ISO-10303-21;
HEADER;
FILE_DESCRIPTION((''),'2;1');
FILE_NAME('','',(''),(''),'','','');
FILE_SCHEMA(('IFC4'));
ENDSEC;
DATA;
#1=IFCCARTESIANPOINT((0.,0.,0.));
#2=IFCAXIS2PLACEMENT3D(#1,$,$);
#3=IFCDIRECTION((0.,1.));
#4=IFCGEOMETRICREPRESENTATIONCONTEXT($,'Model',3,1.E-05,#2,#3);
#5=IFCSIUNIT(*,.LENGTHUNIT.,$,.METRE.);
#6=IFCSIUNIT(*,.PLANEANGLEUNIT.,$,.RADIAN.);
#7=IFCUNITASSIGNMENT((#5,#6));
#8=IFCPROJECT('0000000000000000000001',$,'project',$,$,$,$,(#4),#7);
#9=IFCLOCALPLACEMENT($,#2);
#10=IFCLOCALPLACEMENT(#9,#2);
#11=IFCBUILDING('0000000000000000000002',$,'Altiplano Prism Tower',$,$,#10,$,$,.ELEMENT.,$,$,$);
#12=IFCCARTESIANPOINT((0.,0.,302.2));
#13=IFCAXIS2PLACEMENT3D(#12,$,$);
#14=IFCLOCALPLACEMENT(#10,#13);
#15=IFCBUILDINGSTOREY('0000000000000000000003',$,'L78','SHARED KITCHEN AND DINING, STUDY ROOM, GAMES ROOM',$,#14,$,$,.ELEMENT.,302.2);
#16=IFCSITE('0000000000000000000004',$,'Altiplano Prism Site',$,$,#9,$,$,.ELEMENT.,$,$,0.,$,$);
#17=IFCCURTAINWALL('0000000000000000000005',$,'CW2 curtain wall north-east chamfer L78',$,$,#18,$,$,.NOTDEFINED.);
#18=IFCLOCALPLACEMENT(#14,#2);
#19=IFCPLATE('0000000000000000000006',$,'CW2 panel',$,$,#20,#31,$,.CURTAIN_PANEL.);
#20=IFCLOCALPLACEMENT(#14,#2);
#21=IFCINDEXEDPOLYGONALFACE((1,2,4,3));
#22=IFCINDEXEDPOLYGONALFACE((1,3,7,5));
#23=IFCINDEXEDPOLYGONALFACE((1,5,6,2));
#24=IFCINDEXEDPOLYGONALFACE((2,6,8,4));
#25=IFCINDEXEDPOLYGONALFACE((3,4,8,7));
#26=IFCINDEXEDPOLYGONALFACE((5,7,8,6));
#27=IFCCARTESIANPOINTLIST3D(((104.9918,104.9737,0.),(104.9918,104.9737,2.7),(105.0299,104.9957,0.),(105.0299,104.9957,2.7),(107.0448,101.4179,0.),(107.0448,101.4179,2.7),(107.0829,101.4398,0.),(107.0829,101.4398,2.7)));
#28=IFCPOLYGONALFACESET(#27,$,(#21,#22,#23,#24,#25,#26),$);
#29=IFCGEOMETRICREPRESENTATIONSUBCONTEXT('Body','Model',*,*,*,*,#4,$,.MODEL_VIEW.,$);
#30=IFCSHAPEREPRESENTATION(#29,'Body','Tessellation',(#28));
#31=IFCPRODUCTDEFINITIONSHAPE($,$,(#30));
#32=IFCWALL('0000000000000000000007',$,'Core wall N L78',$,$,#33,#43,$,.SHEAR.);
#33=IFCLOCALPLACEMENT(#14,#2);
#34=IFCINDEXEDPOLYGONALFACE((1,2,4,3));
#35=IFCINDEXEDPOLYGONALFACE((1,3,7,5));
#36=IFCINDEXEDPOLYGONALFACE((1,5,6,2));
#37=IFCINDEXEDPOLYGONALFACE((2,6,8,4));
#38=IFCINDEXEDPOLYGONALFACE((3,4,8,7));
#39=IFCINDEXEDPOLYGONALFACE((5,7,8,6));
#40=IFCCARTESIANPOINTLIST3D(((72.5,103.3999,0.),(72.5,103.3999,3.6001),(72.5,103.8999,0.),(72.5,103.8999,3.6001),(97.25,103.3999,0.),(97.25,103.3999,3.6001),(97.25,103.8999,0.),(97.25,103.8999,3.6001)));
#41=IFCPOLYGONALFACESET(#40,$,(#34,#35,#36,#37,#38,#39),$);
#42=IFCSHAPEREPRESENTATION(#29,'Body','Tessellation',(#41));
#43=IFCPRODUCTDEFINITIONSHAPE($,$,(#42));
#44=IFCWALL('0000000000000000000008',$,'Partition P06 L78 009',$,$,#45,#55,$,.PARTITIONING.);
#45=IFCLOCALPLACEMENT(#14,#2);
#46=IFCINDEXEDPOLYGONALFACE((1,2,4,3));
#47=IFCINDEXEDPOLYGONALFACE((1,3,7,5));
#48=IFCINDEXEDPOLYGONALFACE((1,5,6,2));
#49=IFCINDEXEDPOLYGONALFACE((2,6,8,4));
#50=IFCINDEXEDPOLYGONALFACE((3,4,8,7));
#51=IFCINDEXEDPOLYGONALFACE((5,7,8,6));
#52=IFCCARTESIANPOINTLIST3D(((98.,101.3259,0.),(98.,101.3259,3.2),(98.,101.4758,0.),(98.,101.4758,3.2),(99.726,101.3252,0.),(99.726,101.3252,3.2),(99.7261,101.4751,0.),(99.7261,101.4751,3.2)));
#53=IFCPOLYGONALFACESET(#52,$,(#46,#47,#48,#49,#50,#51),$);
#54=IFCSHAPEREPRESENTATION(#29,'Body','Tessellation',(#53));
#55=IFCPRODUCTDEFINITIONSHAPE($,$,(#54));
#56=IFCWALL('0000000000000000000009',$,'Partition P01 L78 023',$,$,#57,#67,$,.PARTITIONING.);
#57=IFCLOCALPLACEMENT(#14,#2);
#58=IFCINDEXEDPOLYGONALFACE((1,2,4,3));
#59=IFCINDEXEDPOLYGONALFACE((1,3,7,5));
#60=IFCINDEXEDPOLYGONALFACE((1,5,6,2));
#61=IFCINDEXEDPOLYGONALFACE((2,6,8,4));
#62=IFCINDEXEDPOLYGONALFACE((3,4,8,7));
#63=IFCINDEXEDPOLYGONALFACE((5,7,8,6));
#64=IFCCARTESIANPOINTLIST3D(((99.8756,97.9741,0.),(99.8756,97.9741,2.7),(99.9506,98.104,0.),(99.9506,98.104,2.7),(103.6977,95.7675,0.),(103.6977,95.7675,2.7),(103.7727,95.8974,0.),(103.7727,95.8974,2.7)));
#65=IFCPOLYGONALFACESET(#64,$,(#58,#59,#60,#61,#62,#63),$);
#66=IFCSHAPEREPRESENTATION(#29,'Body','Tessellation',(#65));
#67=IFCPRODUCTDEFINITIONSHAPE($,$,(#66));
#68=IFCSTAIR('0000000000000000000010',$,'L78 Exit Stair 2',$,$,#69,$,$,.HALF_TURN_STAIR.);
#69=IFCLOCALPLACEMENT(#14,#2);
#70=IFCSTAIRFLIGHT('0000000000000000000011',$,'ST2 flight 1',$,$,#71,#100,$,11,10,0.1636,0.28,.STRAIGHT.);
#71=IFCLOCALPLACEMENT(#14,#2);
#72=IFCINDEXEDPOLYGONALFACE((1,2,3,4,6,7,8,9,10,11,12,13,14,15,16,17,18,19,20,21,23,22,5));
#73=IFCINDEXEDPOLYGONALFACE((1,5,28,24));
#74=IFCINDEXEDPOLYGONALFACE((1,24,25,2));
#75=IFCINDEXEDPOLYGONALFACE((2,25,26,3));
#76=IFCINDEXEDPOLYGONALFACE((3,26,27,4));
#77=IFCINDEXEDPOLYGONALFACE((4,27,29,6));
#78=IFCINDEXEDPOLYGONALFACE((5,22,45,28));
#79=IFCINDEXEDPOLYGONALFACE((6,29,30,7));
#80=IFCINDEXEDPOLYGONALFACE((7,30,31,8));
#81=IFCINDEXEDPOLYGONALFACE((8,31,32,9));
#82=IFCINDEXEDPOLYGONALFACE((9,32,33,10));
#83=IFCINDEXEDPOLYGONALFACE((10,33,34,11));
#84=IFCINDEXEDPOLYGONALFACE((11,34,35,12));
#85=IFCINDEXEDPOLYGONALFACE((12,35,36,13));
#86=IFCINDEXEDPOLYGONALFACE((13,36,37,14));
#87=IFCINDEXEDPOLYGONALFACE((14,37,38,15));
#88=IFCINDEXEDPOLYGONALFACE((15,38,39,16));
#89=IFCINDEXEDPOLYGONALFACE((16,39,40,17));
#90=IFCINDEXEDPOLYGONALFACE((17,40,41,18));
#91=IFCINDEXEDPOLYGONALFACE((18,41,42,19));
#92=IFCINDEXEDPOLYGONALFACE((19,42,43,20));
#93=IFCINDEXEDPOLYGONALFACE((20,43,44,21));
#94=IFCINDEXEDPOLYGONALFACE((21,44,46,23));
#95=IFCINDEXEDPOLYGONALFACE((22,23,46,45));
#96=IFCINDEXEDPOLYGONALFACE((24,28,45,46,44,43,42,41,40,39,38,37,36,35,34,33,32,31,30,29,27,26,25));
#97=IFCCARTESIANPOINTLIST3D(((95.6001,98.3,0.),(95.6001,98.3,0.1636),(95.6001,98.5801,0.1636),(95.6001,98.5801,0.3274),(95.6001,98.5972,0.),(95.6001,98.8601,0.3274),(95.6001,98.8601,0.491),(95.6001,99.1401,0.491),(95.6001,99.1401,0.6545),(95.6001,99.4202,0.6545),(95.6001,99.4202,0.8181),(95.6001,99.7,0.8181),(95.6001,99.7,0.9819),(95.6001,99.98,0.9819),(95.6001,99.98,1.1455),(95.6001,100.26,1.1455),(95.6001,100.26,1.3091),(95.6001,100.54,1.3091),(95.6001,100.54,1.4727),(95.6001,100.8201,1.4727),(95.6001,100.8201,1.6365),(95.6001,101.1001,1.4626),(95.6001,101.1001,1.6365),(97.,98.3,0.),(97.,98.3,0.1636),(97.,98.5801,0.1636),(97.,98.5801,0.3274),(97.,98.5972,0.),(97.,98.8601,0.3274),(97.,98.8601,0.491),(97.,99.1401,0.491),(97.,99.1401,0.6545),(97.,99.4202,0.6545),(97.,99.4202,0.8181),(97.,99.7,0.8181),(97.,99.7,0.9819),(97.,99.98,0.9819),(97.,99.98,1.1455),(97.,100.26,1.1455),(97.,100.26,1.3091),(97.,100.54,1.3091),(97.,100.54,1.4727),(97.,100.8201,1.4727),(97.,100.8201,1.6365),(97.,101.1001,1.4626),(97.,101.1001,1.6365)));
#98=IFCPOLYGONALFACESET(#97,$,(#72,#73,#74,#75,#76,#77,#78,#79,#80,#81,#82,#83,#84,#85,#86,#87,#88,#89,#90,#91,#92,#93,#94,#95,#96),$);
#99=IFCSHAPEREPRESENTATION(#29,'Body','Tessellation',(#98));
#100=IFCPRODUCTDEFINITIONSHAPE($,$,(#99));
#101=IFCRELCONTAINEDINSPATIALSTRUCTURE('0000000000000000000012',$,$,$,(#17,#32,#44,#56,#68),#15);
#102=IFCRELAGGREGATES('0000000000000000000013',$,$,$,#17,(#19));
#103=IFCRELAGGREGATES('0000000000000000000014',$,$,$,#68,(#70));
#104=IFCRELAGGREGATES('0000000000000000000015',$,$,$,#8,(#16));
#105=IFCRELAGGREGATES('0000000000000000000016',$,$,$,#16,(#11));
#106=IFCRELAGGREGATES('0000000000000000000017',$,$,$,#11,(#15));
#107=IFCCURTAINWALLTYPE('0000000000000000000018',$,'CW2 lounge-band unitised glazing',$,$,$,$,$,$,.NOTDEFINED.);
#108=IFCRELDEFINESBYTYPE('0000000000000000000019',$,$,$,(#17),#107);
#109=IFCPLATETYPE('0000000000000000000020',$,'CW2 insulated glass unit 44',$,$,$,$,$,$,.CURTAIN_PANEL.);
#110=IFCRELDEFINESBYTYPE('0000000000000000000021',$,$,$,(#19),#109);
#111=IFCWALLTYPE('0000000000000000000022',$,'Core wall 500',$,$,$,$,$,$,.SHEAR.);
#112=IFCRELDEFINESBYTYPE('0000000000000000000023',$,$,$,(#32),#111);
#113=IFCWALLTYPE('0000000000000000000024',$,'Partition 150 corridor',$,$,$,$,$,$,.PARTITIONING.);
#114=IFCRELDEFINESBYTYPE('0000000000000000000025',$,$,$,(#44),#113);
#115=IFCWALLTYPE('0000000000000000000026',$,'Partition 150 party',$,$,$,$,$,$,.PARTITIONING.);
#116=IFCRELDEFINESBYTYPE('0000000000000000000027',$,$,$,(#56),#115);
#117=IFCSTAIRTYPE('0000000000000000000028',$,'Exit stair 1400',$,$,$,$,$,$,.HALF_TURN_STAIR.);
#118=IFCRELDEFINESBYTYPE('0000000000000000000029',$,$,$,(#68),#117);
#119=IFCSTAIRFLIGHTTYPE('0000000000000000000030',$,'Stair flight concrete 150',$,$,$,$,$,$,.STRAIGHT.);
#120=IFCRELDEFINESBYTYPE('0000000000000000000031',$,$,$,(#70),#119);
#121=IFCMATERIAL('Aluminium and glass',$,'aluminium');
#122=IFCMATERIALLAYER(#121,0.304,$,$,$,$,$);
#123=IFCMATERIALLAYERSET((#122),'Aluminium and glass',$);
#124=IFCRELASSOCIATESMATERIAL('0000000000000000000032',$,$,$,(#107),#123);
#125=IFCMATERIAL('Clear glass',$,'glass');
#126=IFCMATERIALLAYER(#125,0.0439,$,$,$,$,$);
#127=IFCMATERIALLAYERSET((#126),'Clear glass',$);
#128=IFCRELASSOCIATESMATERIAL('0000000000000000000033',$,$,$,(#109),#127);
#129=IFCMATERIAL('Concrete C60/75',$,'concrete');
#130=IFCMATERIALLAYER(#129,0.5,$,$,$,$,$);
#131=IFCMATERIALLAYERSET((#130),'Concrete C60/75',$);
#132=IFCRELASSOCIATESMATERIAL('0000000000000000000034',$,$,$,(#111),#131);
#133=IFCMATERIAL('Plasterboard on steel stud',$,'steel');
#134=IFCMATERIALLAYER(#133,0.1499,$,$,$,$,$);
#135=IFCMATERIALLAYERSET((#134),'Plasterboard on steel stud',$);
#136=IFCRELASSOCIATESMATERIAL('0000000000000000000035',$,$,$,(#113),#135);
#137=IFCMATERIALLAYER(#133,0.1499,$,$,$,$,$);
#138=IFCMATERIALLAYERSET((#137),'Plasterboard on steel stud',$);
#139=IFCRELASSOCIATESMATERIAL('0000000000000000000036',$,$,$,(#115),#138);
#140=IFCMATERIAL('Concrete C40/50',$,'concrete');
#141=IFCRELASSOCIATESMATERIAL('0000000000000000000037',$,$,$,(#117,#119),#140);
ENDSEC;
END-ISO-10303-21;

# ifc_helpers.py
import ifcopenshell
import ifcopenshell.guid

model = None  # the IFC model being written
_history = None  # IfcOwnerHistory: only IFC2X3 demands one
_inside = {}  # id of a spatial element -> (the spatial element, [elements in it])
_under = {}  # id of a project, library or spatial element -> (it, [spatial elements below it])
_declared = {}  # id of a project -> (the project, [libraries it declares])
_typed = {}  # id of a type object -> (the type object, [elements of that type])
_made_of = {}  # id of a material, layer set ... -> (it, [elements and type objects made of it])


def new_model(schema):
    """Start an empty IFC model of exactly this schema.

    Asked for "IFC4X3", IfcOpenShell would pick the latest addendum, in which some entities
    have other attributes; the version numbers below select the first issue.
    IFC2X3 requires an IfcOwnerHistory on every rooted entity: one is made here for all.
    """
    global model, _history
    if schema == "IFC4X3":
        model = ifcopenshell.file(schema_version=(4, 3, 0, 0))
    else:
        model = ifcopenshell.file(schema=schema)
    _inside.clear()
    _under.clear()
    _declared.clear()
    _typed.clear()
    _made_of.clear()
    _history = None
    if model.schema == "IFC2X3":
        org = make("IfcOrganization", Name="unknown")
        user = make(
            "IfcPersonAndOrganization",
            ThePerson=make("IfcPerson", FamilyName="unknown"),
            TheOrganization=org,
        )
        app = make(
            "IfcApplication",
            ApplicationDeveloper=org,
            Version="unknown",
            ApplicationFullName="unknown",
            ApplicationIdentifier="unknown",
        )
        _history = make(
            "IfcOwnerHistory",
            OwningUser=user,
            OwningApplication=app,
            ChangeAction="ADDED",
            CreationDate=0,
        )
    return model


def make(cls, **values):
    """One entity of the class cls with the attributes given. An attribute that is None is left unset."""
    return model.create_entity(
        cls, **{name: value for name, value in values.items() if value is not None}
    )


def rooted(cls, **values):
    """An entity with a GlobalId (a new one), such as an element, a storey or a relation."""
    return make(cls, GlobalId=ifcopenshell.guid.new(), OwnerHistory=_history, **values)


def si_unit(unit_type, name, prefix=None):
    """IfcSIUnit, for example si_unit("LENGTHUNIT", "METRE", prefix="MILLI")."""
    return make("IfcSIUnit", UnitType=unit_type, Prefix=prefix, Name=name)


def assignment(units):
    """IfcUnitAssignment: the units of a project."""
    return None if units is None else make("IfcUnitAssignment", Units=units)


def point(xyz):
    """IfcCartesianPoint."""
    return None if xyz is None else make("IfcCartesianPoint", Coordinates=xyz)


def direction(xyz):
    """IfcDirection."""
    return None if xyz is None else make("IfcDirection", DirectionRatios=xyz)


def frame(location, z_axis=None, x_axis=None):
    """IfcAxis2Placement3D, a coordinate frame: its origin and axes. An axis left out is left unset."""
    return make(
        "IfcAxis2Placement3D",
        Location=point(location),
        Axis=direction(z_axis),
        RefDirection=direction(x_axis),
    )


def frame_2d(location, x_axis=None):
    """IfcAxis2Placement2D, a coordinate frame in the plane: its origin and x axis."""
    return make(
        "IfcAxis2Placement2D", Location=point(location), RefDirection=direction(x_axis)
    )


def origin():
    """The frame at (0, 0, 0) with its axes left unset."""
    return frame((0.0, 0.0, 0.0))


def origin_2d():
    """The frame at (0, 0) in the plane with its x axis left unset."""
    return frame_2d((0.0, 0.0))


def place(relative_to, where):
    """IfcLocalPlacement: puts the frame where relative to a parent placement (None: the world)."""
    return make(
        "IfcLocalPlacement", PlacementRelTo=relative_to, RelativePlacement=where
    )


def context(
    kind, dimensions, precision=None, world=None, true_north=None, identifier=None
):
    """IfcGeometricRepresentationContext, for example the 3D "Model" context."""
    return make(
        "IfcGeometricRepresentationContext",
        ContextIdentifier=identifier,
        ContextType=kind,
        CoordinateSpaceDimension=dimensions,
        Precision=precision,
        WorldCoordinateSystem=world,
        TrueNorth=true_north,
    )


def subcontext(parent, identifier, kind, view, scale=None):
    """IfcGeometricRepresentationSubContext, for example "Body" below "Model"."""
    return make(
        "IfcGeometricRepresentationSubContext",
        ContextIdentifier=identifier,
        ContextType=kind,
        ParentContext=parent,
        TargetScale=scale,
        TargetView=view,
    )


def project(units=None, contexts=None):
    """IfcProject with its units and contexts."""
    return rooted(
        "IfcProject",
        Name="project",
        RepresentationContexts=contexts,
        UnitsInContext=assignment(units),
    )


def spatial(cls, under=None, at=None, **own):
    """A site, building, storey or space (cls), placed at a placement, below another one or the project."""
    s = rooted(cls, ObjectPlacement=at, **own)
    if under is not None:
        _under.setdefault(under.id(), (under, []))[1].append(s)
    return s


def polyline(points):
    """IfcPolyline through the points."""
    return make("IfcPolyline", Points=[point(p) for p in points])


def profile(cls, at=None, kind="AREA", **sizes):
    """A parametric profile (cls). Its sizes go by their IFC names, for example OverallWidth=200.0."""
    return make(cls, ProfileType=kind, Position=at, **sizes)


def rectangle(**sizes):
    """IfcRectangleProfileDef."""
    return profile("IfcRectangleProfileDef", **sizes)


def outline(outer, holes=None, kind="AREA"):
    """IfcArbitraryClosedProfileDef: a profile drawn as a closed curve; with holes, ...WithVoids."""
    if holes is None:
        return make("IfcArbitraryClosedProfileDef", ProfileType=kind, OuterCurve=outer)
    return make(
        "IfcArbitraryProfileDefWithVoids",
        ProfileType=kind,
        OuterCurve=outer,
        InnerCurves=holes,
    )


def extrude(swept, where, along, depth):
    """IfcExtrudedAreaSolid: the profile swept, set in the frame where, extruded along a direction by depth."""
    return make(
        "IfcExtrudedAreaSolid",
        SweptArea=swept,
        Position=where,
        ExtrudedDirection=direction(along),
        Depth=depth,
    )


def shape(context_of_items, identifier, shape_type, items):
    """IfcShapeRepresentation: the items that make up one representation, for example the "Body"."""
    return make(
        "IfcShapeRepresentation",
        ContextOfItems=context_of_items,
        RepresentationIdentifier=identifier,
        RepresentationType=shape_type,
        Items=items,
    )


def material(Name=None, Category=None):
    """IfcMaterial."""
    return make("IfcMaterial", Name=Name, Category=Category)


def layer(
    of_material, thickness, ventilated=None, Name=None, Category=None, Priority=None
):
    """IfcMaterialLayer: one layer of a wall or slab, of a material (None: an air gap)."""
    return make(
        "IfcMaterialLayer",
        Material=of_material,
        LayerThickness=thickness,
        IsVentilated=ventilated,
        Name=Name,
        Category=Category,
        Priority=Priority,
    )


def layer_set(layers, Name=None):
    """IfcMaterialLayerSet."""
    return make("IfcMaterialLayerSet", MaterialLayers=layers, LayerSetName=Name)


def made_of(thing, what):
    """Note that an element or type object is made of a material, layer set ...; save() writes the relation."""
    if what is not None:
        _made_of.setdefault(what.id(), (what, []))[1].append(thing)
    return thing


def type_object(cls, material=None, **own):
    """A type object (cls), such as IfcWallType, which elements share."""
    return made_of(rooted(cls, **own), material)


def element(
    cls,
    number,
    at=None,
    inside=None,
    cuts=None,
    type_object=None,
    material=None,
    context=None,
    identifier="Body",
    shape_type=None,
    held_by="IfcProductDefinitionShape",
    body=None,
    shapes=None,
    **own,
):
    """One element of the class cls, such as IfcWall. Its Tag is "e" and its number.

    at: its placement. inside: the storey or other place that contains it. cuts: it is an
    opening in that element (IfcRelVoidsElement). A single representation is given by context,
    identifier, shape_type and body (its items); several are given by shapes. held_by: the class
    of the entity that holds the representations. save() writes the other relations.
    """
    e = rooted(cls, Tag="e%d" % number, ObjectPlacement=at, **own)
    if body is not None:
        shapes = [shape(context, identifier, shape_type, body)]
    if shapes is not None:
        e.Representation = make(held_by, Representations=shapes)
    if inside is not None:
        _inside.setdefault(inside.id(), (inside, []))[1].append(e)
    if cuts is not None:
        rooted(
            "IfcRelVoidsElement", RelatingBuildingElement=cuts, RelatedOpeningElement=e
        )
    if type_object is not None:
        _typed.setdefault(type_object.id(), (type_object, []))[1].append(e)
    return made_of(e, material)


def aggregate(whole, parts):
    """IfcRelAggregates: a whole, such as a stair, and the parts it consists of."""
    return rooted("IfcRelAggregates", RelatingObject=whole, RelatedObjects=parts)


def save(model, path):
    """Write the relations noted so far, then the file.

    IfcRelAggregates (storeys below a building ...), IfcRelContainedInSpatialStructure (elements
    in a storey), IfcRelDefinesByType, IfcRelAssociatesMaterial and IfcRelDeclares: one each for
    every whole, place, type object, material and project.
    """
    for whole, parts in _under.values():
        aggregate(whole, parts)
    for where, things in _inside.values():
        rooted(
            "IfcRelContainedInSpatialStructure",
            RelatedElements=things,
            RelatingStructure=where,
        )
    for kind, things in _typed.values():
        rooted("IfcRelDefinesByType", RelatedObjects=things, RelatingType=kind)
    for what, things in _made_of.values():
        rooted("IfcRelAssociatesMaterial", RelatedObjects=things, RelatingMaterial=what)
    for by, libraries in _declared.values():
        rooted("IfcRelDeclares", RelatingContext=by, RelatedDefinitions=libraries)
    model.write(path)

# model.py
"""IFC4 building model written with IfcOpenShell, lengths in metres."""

from ifc_helpers import new_model, si_unit, direction, frame, frame_2d, origin, origin_2d, place, context, subcontext, project, spatial, polyline, rectangle, outline, extrude, material, layer, layer_set, type_object, element, aggregate, save


model = new_model("IFC4")

# Units and contexts
model_context = context("Model", 3, precision=1e-05, world=origin(), true_north=direction((0.0, 1.0)))
body_context = subcontext(model_context, "Body", "Model", "MODEL_VIEW")
ifc_project = project(units=[si_unit("LENGTHUNIT", "METRE"), si_unit("PLANEANGLEUNIT", "RADIAN")], contexts=[model_context])

# Site, building, storey
site_placement = place(None, origin())
site = spatial("IfcSite", under=ifc_project, at=site_placement, Name="Altiplano Prism Site", CompositionType="ELEMENT", RefElevation=0.0)
building_placement = place(site_placement, origin())
building = spatial("IfcBuilding", under=site, at=building_placement, Name="Altiplano Prism Tower", CompositionType="ELEMENT")
storey_placement = place(building_placement, frame((0.0, 0.0, 302.2)))
storey = spatial("IfcBuildingStorey", under=building, at=storey_placement, Name="L78", Description="SHARED KITCHEN AND DINING, STUDY ROOM, GAMES ROOM", CompositionType="ELEMENT", Elevation=302.2)

# Shared definitions
ifc_material_1 = material(Name="Concrete C60/75", Category="concrete")

# Shared definitions
ifc_material_2 = material(Name="Aluminium and glass", Category="aluminium")
ifc_layer_1 = layer(ifc_material_2, 0.304)
ifc_layer_set_1 = layer_set([ifc_layer_1], Name="Aluminium and glass")
curtain_wall_type = type_object("IfcCurtainWallType", Name="CW2 lounge-band unitised glazing", PredefinedType="NOTDEFINED", material=ifc_layer_set_1)

# Curtain wall
curtain_wall_1_placement = place(storey_placement, origin())
curtain_wall_1 = element("IfcCurtainWall", 1, at=curtain_wall_1_placement, inside=storey, type_object=curtain_wall_type, Name="CW2 curtain wall north-east chamfer L78", PredefinedType="NOTDEFINED")

# Plate
ifc_material_3 = material(Name="Clear glass", Category="glass")
ifc_layer_2 = layer(ifc_material_3, 0.0439)
ifc_layer_set_2 = layer_set([ifc_layer_2], Name="Clear glass")
plate_type = type_object("IfcPlateType", Name="CW2 insulated glass unit 44", PredefinedType="CURTAIN_PANEL", material=ifc_layer_set_2)
plate_1_placement = place(storey_placement, frame((106.0374, 103.2068, 0.0), z_axis=(0.0, 0.0, 1.0), x_axis=(-0.5, 0.866025, 0.0)))
plate_1 = element("IfcPlate", 2, at=plate_1_placement, type_object=plate_type, Name="CW2 panel", PredefinedType="CURTAIN_PANEL", context=body_context, shape_type="SweptSolid", body=[
    extrude(rectangle(XDim=4.106, YDim=0.0439, at=origin_2d()), origin(), (0.0, 0.0, 1.0), 2.7),
])
aggregate(curtain_wall_1, [plate_1])

# Walls
ifc_layer_3 = layer(ifc_material_1, 0.5)
ifc_layer_set_3 = layer_set([ifc_layer_3], Name="Concrete C60/75")
wall_type_1 = type_object("IfcWallType", Name="Core wall 500", PredefinedType="SHEAR", material=ifc_layer_set_3)
wall_1_placement = place(storey_placement, frame((97.25, 103.6499, 0.0), z_axis=(0.0, 0.0, 1.0), x_axis=(-1.0, 0.0, 0.0)))
element("IfcWall", 3, at=wall_1_placement, inside=storey, type_object=wall_type_1, Name="Core wall N L78", PredefinedType="SHEAR", context=body_context, shape_type="SweptSolid", body=[
    extrude(rectangle(XDim=24.75, YDim=0.5, at=frame_2d((12.375, 0.0))), origin(), (0.0, 0.0, 1.0), 3.6001),
])
ifc_material_4 = material(Name="Plasterboard on steel stud", Category="steel")
ifc_layer_4 = layer(ifc_material_4, 0.1499)
ifc_layer_set_4 = layer_set([ifc_layer_4], Name="Plasterboard on steel stud")
wall_type_2 = type_object("IfcWallType", Name="Partition 150 corridor", PredefinedType="PARTITIONING", material=ifc_layer_set_4)
wall_2_placement = place(storey_placement, frame((99.7261, 101.4001, 0.0), z_axis=(0.0, 0.0, 1.0), x_axis=(-1.0, 0.000424, 0.0)))
element("IfcWall", 4, at=wall_2_placement, inside=storey, type_object=wall_type_2, Name="Partition P06 L78 009", PredefinedType="PARTITIONING", context=body_context, shape_type="SweptSolid", body=[
    extrude(rectangle(XDim=1.7261, YDim=0.1499, at=frame_2d((0.863, 0.0))), origin(), (0.0, 0.0, 1.0), 3.2),
])
ifc_layer_5 = layer(ifc_material_4, 0.1499)
ifc_layer_set_5 = layer_set([ifc_layer_5], Name="Plasterboard on steel stud")
wall_type_3 = type_object("IfcWallType", Name="Partition 150 party", PredefinedType="PARTITIONING", material=ifc_layer_set_5)
wall_3_placement = place(storey_placement, frame((103.7351, 95.8325, 0.0), z_axis=(0.0, 0.0, 1.0), x_axis=(-0.866035, 0.499983, 0.0)))
element("IfcWall", 5, at=wall_3_placement, inside=storey, type_object=wall_type_3, Name="Partition P01 L78 023", PredefinedType="PARTITIONING", context=body_context, shape_type="SweptSolid", body=[
    extrude(rectangle(XDim=4.4133, YDim=0.1499, at=frame_2d((2.2065, 0.0))), origin(), (0.0, 0.0, 1.0), 2.7),
])

# Stair, stair flight
ifc_material_5 = material(Name="Concrete C40/50", Category="concrete")
stair_type = type_object("IfcStairType", Name="Exit stair 1400", PredefinedType="HALF_TURN_STAIR", material=ifc_material_5)
stair_placement = place(storey_placement, origin())
stair = element("IfcStair", 6, at=stair_placement, inside=storey, type_object=stair_type, Name="L78 Exit Stair 2", PredefinedType="HALF_TURN_STAIR")
stair_flight_type = type_object("IfcStairFlightType", Name="Stair flight concrete 150", PredefinedType="STRAIGHT", material=ifc_material_5)
stair_flight_placement = place(storey_placement, frame((96.3, 98.3, 0.0), z_axis=(0.0, 0.0, 1.0), x_axis=(0.0, 1.0, 0.0)))
stair_flight = element("IfcStairFlight", 7, at=stair_flight_placement, type_object=stair_flight_type, Name="ST2 flight 1", NumberOfRisers=11, NumberOfTreads=10, PredefinedType="STRAIGHT", RiserHeight=0.1636, TreadLength=0.28, context=body_context, shape_type="SweptSolid", body=[
    extrude(outline(polyline([(0.0, 0.0), (0.0, 0.1636), (0.28, 0.1636), (0.28, 0.3274), (0.5601, 0.3274), (0.5601, 0.491), (0.8401, 0.491), (0.8401, 0.6545), (1.1201, 0.6545), (1.1201, 0.8181), (1.3999, 0.8181), (1.3999, 0.9819), (1.6799, 0.9819), (1.6799, 1.1455), (1.96, 1.1455), (1.96, 1.3091), (2.24, 1.3091), (2.24, 1.4727), (2.52, 1.4727), (2.52, 1.6365), (2.8, 1.6365), (2.8, 1.8), (2.8, 1.4626), (0.2971, 0.0), (0.0, 0.0)])), frame((0.0, 0.7, 0.0), z_axis=(0.0, -1.0, 0.0), x_axis=(1.0, 0.0, 0.0)), (0.0, 0.0, 1.0), 1.3999),
])
aggregate(stair, [stair_flight])

save(model, "model.ifc")
